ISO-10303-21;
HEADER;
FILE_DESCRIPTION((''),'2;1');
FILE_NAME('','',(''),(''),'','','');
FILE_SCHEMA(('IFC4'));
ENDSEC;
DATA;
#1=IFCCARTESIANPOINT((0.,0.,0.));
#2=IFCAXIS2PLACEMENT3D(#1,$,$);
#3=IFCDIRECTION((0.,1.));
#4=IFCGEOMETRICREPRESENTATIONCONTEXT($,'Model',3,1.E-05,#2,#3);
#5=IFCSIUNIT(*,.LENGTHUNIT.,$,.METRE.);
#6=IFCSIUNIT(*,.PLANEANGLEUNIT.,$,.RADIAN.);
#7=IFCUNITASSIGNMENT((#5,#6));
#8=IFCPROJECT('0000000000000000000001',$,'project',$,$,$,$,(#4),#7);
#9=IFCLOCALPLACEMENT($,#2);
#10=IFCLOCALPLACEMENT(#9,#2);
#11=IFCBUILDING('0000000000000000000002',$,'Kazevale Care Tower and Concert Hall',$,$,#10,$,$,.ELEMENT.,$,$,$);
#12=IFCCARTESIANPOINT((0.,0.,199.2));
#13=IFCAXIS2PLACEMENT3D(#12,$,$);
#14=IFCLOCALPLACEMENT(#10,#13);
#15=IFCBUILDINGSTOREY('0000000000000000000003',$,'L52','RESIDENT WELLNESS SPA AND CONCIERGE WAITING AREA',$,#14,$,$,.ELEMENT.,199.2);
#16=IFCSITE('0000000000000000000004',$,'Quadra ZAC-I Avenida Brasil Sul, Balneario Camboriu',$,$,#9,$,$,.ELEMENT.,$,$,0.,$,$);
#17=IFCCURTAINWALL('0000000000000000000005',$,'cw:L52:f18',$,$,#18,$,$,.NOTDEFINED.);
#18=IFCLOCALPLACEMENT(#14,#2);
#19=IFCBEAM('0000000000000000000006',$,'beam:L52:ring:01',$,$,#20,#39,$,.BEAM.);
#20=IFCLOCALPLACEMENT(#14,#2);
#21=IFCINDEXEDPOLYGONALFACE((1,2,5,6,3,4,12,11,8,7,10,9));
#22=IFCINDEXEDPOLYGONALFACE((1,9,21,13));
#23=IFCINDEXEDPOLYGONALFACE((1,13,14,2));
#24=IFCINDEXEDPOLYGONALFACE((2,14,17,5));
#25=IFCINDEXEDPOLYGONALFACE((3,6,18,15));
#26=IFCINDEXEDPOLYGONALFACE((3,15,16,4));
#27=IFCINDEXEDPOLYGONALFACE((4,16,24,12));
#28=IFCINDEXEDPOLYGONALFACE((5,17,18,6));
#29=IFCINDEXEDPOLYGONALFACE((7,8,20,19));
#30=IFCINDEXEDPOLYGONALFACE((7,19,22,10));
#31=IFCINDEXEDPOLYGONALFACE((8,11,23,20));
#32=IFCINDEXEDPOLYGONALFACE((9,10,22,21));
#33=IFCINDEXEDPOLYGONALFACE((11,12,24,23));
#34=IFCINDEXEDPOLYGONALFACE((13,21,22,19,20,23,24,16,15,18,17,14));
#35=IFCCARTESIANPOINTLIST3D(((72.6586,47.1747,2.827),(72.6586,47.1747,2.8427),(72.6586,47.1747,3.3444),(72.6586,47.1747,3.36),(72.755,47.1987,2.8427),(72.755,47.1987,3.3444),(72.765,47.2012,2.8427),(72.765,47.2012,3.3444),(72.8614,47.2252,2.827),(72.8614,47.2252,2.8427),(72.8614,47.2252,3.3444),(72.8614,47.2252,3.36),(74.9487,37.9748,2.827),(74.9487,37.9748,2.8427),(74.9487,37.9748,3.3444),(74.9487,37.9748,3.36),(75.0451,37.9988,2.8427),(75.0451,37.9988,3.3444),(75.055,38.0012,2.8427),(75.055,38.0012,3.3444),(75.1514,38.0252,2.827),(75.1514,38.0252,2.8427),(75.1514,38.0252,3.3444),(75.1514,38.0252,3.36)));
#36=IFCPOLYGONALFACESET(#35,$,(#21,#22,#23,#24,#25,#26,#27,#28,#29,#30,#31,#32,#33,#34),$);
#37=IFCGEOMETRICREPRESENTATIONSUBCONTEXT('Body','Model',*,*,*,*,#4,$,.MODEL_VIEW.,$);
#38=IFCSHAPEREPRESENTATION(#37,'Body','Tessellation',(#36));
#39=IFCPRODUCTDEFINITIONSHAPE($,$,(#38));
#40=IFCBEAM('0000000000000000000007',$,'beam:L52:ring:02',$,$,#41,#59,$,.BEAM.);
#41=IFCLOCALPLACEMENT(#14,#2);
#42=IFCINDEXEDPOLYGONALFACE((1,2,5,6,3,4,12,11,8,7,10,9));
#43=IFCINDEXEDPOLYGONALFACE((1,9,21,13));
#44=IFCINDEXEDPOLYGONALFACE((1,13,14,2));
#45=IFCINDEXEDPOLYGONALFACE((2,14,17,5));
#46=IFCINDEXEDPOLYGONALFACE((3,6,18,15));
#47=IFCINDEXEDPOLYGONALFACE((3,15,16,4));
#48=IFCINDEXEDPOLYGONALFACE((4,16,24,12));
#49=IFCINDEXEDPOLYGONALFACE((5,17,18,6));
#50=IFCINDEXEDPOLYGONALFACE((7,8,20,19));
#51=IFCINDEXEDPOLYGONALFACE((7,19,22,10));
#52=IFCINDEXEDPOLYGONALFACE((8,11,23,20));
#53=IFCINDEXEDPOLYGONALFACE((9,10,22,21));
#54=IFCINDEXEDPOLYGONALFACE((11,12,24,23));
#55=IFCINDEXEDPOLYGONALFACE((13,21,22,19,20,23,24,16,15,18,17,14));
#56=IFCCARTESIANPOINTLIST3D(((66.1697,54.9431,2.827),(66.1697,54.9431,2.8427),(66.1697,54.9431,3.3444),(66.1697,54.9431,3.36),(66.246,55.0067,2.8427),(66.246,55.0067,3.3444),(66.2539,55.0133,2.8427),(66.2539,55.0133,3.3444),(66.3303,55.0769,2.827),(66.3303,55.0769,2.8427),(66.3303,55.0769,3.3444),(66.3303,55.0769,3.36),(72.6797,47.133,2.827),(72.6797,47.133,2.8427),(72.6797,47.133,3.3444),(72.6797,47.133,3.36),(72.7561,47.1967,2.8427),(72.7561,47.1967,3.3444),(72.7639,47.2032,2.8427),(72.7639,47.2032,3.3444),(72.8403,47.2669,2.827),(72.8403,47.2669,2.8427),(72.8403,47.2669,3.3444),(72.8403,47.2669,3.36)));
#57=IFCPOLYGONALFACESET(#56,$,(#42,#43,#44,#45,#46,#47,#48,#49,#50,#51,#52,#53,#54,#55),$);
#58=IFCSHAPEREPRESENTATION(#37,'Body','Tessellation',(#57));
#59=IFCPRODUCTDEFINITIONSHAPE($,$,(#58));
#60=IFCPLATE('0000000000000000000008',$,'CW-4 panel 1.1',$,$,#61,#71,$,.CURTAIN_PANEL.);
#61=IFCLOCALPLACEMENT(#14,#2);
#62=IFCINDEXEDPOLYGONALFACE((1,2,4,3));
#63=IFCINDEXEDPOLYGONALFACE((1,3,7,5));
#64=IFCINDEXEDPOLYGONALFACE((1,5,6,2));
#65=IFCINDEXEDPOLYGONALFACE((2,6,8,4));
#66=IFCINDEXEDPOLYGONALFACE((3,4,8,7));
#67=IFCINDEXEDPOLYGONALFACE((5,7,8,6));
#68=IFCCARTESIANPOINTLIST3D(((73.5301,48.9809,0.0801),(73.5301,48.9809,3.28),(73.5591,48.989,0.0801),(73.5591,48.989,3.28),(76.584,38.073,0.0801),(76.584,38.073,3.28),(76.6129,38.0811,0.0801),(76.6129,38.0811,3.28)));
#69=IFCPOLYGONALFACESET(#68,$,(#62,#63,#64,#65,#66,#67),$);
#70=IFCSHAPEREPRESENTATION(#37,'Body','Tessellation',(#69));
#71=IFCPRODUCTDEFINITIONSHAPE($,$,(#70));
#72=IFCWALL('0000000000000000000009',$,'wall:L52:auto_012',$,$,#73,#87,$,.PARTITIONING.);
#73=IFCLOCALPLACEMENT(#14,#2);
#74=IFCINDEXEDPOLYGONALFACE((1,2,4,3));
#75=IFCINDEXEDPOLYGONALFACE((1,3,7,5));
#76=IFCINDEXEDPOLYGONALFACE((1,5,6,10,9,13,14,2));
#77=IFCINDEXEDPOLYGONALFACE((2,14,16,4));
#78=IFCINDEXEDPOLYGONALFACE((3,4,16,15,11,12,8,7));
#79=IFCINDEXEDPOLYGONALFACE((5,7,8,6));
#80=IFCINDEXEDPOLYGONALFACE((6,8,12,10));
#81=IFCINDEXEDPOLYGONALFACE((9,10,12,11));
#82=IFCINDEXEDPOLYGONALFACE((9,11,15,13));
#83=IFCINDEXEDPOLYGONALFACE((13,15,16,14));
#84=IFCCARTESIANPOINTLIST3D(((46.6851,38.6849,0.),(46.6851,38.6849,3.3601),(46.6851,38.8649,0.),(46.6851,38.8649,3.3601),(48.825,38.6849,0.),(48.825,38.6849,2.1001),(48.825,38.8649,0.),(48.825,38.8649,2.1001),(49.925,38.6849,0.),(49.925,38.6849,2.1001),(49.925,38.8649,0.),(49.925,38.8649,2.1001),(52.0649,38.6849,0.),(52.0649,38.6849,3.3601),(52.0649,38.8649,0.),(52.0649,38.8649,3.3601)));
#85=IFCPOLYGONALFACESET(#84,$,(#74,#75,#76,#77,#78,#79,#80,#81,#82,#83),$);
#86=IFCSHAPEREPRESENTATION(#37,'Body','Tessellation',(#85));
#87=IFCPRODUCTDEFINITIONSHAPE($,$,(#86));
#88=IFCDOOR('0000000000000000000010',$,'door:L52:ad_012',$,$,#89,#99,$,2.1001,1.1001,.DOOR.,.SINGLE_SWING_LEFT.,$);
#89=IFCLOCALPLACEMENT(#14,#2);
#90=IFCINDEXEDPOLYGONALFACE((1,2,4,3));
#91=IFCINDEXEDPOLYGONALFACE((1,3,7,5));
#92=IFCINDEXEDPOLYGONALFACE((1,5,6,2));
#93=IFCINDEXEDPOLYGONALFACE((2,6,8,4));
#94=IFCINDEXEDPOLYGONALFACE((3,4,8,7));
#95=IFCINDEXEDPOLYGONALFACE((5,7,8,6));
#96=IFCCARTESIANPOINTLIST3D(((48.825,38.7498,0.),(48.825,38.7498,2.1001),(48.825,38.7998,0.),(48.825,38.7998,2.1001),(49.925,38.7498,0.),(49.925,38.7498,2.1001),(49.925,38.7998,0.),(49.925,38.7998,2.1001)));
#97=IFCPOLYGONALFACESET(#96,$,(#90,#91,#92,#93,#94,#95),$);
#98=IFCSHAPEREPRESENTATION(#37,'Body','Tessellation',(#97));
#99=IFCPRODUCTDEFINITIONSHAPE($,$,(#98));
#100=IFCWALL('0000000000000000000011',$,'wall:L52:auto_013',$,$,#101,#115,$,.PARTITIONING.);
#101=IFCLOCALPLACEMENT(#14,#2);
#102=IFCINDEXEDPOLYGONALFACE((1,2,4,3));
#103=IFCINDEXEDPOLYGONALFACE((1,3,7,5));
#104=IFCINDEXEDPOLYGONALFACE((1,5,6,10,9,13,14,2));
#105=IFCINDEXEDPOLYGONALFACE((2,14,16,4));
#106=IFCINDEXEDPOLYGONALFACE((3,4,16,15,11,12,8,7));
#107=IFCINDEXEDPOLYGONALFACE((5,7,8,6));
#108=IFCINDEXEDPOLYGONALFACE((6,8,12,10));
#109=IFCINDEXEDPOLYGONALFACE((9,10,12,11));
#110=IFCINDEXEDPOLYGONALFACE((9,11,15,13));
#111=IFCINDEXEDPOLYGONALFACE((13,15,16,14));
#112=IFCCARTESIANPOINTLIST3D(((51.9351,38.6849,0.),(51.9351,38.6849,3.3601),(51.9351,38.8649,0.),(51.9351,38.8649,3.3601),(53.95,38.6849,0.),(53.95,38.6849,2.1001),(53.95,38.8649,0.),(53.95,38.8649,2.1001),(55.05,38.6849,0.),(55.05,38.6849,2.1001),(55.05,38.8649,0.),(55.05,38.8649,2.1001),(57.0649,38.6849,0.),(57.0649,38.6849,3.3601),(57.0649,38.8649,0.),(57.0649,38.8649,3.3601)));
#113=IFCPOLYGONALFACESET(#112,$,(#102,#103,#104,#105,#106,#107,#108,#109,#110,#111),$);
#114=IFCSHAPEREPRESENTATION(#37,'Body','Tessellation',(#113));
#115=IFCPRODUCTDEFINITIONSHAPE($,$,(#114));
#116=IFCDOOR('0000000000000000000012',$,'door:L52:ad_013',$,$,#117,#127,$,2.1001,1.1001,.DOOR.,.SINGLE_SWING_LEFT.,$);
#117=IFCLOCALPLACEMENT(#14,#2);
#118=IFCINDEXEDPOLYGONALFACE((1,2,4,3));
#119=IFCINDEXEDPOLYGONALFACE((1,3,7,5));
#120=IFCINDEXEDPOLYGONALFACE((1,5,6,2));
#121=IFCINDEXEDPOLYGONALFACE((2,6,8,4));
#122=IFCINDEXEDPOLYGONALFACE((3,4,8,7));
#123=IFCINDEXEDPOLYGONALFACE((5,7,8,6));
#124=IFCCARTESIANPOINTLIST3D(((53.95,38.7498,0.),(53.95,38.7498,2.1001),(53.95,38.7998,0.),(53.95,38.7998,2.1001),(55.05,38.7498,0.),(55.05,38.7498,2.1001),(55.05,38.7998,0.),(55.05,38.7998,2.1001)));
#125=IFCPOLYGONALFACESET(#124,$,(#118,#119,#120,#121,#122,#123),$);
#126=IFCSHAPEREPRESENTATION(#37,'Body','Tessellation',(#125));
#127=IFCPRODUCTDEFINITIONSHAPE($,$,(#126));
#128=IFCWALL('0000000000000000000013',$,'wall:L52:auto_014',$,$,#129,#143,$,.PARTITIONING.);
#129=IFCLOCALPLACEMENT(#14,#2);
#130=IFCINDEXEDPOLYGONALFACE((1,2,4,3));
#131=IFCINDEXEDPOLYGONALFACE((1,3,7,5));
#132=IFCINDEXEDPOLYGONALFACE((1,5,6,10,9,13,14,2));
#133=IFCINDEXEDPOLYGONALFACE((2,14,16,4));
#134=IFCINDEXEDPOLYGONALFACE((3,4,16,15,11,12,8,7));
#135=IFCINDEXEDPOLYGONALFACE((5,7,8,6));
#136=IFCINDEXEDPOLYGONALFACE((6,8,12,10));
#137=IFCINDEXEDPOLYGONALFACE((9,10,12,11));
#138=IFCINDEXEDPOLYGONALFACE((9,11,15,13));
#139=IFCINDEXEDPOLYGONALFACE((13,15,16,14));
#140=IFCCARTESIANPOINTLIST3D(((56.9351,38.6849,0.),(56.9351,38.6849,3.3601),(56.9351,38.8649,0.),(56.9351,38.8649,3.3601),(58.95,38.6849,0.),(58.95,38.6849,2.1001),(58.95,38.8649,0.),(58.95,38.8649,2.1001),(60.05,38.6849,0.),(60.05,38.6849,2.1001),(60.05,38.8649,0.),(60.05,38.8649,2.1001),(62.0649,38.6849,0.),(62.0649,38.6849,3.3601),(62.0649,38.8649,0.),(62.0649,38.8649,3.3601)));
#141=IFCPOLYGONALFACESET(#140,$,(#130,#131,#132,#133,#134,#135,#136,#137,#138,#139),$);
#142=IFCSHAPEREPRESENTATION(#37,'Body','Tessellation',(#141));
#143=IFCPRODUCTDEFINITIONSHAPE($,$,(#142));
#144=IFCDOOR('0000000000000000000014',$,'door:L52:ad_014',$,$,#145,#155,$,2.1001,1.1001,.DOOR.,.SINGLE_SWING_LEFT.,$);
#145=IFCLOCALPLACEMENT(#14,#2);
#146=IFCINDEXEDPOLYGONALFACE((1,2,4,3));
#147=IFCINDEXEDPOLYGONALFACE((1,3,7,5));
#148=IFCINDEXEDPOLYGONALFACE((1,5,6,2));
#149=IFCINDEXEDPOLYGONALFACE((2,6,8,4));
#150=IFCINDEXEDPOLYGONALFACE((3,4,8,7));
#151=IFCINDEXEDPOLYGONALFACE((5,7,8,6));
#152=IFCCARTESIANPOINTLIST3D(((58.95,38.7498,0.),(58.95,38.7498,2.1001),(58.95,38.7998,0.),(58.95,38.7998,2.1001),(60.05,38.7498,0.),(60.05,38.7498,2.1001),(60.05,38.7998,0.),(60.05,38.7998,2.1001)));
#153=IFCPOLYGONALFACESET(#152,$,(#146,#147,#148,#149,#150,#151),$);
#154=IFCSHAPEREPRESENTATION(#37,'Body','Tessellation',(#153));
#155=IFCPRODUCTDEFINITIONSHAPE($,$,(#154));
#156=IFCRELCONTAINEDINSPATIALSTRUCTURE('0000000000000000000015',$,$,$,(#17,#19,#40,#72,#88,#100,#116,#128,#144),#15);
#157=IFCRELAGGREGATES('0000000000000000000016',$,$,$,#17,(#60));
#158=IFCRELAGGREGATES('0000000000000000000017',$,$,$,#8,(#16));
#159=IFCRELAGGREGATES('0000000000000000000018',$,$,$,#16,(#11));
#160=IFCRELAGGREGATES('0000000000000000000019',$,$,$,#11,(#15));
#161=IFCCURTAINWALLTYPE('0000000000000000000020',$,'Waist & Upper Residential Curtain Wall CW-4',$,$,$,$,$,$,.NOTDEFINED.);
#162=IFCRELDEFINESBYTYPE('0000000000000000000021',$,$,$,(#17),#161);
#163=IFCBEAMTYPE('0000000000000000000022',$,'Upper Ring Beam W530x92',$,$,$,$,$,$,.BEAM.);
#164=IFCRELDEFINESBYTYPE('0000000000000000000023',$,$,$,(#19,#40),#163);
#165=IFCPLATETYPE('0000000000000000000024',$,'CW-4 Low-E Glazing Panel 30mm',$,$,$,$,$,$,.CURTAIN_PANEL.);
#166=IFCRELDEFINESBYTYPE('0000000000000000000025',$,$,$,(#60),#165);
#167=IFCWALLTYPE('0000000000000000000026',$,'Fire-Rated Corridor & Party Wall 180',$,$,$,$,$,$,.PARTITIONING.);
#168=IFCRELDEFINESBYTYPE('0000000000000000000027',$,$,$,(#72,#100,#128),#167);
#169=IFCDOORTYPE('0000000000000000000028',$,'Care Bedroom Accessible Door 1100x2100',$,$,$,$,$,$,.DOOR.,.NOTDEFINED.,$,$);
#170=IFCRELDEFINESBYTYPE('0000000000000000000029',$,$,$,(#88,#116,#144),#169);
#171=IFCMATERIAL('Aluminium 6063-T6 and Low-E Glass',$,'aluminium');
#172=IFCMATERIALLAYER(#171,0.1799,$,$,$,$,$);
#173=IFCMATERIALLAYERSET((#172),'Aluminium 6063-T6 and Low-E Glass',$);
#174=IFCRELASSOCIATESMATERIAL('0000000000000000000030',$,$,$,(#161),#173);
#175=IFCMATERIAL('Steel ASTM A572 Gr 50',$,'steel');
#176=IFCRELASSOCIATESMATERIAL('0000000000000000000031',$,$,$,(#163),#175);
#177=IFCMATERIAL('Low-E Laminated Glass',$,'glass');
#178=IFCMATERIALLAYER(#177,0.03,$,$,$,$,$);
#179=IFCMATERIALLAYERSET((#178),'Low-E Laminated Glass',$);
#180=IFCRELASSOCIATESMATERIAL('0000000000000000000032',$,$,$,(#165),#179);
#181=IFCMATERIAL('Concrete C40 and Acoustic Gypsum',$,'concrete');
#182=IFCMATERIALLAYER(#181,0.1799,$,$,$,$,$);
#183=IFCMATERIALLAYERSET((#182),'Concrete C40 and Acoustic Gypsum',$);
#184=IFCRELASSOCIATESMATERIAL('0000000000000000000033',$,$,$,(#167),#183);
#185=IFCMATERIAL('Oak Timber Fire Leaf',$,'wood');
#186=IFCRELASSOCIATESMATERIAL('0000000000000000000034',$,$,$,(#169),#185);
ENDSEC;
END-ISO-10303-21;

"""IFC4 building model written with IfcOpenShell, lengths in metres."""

from ifc_helpers import new_model, si_unit, direction, frame, frame_2d, origin, origin_2d, place, context, subcontext, project, spatial, rectangle, i_section, extrude, material, layer, layer_set, material_profile, profile_set, type_object, element, fill, aggregate, save


model = new_model("IFC4")

# Units and contexts
model_context = context("Model", 3, precision=1e-05, world=origin(), true_north=direction((0.0, 1.0)))
body_context = subcontext(model_context, "Body", "Model", "MODEL_VIEW")
ifc_project = project(units=[si_unit("LENGTHUNIT", "METRE"), si_unit("PLANEANGLEUNIT", "RADIAN")], contexts=[model_context])

# Site, building, storey
site_placement = place(None, origin())
site = spatial("IfcSite", under=ifc_project, at=site_placement, Name="Quadra ZAC-I Avenida Brasil Sul, Balneario Camboriu", CompositionType="ELEMENT", RefElevation=0.0)
building_placement = place(site_placement, origin())
building = spatial("IfcBuilding", under=site, at=building_placement, Name="Kazevale Care Tower and Concert Hall", CompositionType="ELEMENT")
storey_placement = place(building_placement, frame((0.0, 0.0, 199.2)))
storey = spatial("IfcBuildingStorey", under=building, at=storey_placement, Name="L52", Description="RESIDENT WELLNESS SPA AND CONCIERGE WAITING AREA", CompositionType="ELEMENT", Elevation=199.2)

# Curtain wall
ifc_material_1 = material(Name="Aluminium 6063-T6 and Low-E Glass", Category="aluminium")
ifc_layer_1 = layer(ifc_material_1, 0.1799)
ifc_layer_set_1 = layer_set([ifc_layer_1], Name="Aluminium 6063-T6 and Low-E Glass")
curtain_wall_type = type_object("IfcCurtainWallType", Name="Waist & Upper Residential Curtain Wall CW-4", PredefinedType="NOTDEFINED", material=ifc_layer_set_1)
curtain_wall_placement = place(storey_placement, origin())
curtain_wall = element("IfcCurtainWall", 1, at=curtain_wall_placement, inside=storey, type_object=curtain_wall_type, Name="cw:L52:f18", PredefinedType="NOTDEFINED")

# Beams
ifc_material_2 = material(Name="Steel ASTM A572 Gr 50", Category="steel")
ifc_material_profile_1 = material_profile(ifc_material_2, i_section(OverallWidth=0.209, OverallDepth=0.533, WebThickness=0.0103, FlangeThickness=0.0156, at=origin_2d()), Name="W530x92")
ifc_profile_set_1 = profile_set([ifc_material_profile_1], Name="Steel ASTM A572 Gr 50")
beam_type_1 = type_object("IfcBeamType", Name="Upper Ring Beam W530x92", PredefinedType="BEAM", material=ifc_profile_set_1)
beam_1_placement = place(storey_placement, frame((75.05, 38.0, 3.0935), z_axis=(-0.241548, 0.970389, 0.0), x_axis=(-0.970389, -0.241548, 0.0)))
element("IfcBeam", 2, at=beam_1_placement, inside=storey, type_object=beam_type_1, Name="beam:L52:ring:01", PredefinedType="BEAM", context=body_context, shape_type="SweptSolid", body=[
    extrude(i_section(OverallWidth=0.209, OverallDepth=0.533, WebThickness=0.0103, FlangeThickness=0.0156, at=origin_2d()), origin(), (0.0, 0.0, 1.0), 9.4807),
])
beam_2_placement = place(storey_placement, frame((72.76, 47.2, 3.0935), z_axis=(-0.640279, 0.768143, 0.0), x_axis=(-0.768143, -0.640279, 0.0)))
element("IfcBeam", 3, at=beam_2_placement, inside=storey, type_object=beam_type_1, Name="beam:L52:ring:02", PredefinedType="BEAM", context=body_context, shape_type="SweptSolid", body=[
    extrude(i_section(OverallWidth=0.209, OverallDepth=0.533, WebThickness=0.0103, FlangeThickness=0.0156, at=origin_2d()), origin(), (0.0, 0.0, 1.0), 10.1675),
])

# Plate
ifc_material_3 = material(Name="Low-E Laminated Glass", Category="glass")
ifc_layer_2 = layer(ifc_material_3, 0.03)
ifc_layer_set_2 = layer_set([ifc_layer_2], Name="Low-E Laminated Glass")
plate_type = type_object("IfcPlateType", Name="CW-4 Low-E Glazing Panel 30mm", PredefinedType="CURTAIN_PANEL", material=ifc_layer_set_2)
plate_placement = place(storey_placement, frame((75.0715, 43.531, 0.0801), z_axis=(0.0, 0.0, 1.0), x_axis=(0.269601, -0.962972, 0.0)))
plate = element("IfcPlate", 4, at=plate_placement, type_object=plate_type, Name="CW-4 panel 1.1", PredefinedType="CURTAIN_PANEL", context=body_context, shape_type="SweptSolid", body=[
    extrude(rectangle(XDim=11.3274, YDim=0.03, at=origin_2d()), origin(), (0.0, 0.0, 1.0), 3.2),
])
aggregate(curtain_wall, [plate])

# Walls, openings, doors
ifc_material_4 = material(Name="Concrete C40 and Acoustic Gypsum", Category="concrete")
ifc_layer_3 = layer(ifc_material_4, 0.1799)
ifc_layer_set_3 = layer_set([ifc_layer_3], Name="Concrete C40 and Acoustic Gypsum")
wall_type_1 = type_object("IfcWallType", Name="Fire-Rated Corridor & Party Wall 180", PredefinedType="PARTITIONING", material=ifc_layer_set_3)
wall_1_placement = place(storey_placement, frame((46.6851, 38.7749, 0.0), z_axis=(0.0, 0.0, 1.0), x_axis=(1.0, 0.0, 0.0)))
wall_1 = element("IfcWall", 5, at=wall_1_placement, inside=storey, type_object=wall_type_1, Name="wall:L52:auto_012", PredefinedType="PARTITIONING", context=body_context, shape_type="SweptSolid", body=[
    extrude(rectangle(XDim=5.3799, YDim=0.1799, at=frame_2d((2.6899, 0.0))), origin(), (0.0, 0.0, 1.0), 3.3601),
])
opening_1_placement = place(wall_1_placement, frame((2.1399, 0.0, 0.0)))
opening_1 = element("IfcOpeningElement", 6, at=opening_1_placement, cuts=wall_1, PredefinedType="OPENING", context=body_context, shape_type="SweptSolid", body=[
    extrude(rectangle(XDim=1.1001, YDim=2.1001, at=frame_2d((0.55, 1.05))), frame((0.0, 0.0999, 0.0), z_axis=(0.0, -1.0, 0.0), x_axis=(1.0, 0.0, 0.0)), (0.0, 0.0, 1.0), 0.2),
])
ifc_material_5 = material(Name="Oak Timber Fire Leaf", Category="wood")
door_type = type_object("IfcDoorType", Name="Care Bedroom Accessible Door 1100x2100", OperationType="NOTDEFINED", PredefinedType="DOOR", material=ifc_material_5)
door_1_placement = place(opening_1_placement, origin())
door_1 = element("IfcDoor", 7, at=door_1_placement, inside=storey, type_object=door_type, Name="door:L52:ad_012", OperationType="SINGLE_SWING_LEFT", OverallHeight=2.1001, OverallWidth=1.1001, PredefinedType="DOOR", context=body_context, shape_type="SweptSolid", body=[
    extrude(rectangle(XDim=1.1001, YDim=2.1001, at=frame_2d((0.55, 1.05))), frame((0.0, 0.0249, 0.0), z_axis=(0.0, -1.0, 0.0), x_axis=(1.0, 0.0, 0.0)), (0.0, 0.0, 1.0), 0.05),
])
fill(opening_1, door_1)
wall_2_placement = place(storey_placement, frame((51.9351, 38.7749, 0.0), z_axis=(0.0, 0.0, 1.0), x_axis=(1.0, 0.0, 0.0)))
wall_2 = element("IfcWall", 8, at=wall_2_placement, inside=storey, type_object=wall_type_1, Name="wall:L52:auto_013", PredefinedType="PARTITIONING", context=body_context, shape_type="SweptSolid", body=[
    extrude(rectangle(XDim=5.1299, YDim=0.1799, at=frame_2d((2.5649, 0.0))), origin(), (0.0, 0.0, 1.0), 3.3601),
])
opening_2_placement = place(wall_2_placement, frame((2.0149, 0.0, 0.0)))
opening_2 = element("IfcOpeningElement", 9, at=opening_2_placement, cuts=wall_2, PredefinedType="OPENING", context=body_context, shape_type="SweptSolid", body=[
    extrude(rectangle(XDim=1.1001, YDim=2.1001, at=frame_2d((0.55, 1.05))), frame((0.0, 0.0999, 0.0), z_axis=(0.0, -1.0, 0.0), x_axis=(1.0, 0.0, 0.0)), (0.0, 0.0, 1.0), 0.2),
])
door_2_placement = place(opening_2_placement, origin())
door_2 = element("IfcDoor", 10, at=door_2_placement, inside=storey, type_object=door_type, Name="door:L52:ad_013", OperationType="SINGLE_SWING_LEFT", OverallHeight=2.1001, OverallWidth=1.1001, PredefinedType="DOOR", context=body_context, shape_type="SweptSolid", body=[
    extrude(rectangle(XDim=1.1001, YDim=2.1001, at=frame_2d((0.55, 1.05))), frame((0.0, 0.0249, 0.0), z_axis=(0.0, -1.0, 0.0), x_axis=(1.0, 0.0, 0.0)), (0.0, 0.0, 1.0), 0.05),
])
fill(opening_2, door_2)
wall_3_placement = place(storey_placement, frame((56.9351, 38.7749, 0.0), z_axis=(0.0, 0.0, 1.0), x_axis=(1.0, 0.0, 0.0)))
wall_3 = element("IfcWall", 11, at=wall_3_placement, inside=storey, type_object=wall_type_1, Name="wall:L52:auto_014", PredefinedType="PARTITIONING", context=body_context, shape_type="SweptSolid", body=[
    extrude(rectangle(XDim=5.1299, YDim=0.1799, at=frame_2d((2.5649, 0.0))), origin(), (0.0, 0.0, 1.0), 3.3601),
])
opening_3_placement = place(wall_3_placement, frame((2.0149, 0.0, 0.0)))
opening_3 = element("IfcOpeningElement", 12, at=opening_3_placement, cuts=wall_3, PredefinedType="OPENING", context=body_context, shape_type="SweptSolid", body=[
    extrude(rectangle(XDim=1.1001, YDim=2.1001, at=frame_2d((0.55, 1.05))), frame((0.0, 0.0999, 0.0), z_axis=(0.0, -1.0, 0.0), x_axis=(1.0, 0.0, 0.0)), (0.0, 0.0, 1.0), 0.2),
])
door_3_placement = place(opening_3_placement, origin())
door_3 = element("IfcDoor", 13, at=door_3_placement, inside=storey, type_object=door_type, Name="door:L52:ad_014", OperationType="SINGLE_SWING_LEFT", OverallHeight=2.1001, OverallWidth=1.1001, PredefinedType="DOOR", context=body_context, shape_type="SweptSolid", body=[
    extrude(rectangle(XDim=1.1001, YDim=2.1001, at=frame_2d((0.55, 1.05))), frame((0.0, 0.0249, 0.0), z_axis=(0.0, -1.0, 0.0), x_axis=(1.0, 0.0, 0.0)), (0.0, 0.0, 1.0), 0.05),
])
fill(opening_3, door_3)

save(model, "model.ifc")
